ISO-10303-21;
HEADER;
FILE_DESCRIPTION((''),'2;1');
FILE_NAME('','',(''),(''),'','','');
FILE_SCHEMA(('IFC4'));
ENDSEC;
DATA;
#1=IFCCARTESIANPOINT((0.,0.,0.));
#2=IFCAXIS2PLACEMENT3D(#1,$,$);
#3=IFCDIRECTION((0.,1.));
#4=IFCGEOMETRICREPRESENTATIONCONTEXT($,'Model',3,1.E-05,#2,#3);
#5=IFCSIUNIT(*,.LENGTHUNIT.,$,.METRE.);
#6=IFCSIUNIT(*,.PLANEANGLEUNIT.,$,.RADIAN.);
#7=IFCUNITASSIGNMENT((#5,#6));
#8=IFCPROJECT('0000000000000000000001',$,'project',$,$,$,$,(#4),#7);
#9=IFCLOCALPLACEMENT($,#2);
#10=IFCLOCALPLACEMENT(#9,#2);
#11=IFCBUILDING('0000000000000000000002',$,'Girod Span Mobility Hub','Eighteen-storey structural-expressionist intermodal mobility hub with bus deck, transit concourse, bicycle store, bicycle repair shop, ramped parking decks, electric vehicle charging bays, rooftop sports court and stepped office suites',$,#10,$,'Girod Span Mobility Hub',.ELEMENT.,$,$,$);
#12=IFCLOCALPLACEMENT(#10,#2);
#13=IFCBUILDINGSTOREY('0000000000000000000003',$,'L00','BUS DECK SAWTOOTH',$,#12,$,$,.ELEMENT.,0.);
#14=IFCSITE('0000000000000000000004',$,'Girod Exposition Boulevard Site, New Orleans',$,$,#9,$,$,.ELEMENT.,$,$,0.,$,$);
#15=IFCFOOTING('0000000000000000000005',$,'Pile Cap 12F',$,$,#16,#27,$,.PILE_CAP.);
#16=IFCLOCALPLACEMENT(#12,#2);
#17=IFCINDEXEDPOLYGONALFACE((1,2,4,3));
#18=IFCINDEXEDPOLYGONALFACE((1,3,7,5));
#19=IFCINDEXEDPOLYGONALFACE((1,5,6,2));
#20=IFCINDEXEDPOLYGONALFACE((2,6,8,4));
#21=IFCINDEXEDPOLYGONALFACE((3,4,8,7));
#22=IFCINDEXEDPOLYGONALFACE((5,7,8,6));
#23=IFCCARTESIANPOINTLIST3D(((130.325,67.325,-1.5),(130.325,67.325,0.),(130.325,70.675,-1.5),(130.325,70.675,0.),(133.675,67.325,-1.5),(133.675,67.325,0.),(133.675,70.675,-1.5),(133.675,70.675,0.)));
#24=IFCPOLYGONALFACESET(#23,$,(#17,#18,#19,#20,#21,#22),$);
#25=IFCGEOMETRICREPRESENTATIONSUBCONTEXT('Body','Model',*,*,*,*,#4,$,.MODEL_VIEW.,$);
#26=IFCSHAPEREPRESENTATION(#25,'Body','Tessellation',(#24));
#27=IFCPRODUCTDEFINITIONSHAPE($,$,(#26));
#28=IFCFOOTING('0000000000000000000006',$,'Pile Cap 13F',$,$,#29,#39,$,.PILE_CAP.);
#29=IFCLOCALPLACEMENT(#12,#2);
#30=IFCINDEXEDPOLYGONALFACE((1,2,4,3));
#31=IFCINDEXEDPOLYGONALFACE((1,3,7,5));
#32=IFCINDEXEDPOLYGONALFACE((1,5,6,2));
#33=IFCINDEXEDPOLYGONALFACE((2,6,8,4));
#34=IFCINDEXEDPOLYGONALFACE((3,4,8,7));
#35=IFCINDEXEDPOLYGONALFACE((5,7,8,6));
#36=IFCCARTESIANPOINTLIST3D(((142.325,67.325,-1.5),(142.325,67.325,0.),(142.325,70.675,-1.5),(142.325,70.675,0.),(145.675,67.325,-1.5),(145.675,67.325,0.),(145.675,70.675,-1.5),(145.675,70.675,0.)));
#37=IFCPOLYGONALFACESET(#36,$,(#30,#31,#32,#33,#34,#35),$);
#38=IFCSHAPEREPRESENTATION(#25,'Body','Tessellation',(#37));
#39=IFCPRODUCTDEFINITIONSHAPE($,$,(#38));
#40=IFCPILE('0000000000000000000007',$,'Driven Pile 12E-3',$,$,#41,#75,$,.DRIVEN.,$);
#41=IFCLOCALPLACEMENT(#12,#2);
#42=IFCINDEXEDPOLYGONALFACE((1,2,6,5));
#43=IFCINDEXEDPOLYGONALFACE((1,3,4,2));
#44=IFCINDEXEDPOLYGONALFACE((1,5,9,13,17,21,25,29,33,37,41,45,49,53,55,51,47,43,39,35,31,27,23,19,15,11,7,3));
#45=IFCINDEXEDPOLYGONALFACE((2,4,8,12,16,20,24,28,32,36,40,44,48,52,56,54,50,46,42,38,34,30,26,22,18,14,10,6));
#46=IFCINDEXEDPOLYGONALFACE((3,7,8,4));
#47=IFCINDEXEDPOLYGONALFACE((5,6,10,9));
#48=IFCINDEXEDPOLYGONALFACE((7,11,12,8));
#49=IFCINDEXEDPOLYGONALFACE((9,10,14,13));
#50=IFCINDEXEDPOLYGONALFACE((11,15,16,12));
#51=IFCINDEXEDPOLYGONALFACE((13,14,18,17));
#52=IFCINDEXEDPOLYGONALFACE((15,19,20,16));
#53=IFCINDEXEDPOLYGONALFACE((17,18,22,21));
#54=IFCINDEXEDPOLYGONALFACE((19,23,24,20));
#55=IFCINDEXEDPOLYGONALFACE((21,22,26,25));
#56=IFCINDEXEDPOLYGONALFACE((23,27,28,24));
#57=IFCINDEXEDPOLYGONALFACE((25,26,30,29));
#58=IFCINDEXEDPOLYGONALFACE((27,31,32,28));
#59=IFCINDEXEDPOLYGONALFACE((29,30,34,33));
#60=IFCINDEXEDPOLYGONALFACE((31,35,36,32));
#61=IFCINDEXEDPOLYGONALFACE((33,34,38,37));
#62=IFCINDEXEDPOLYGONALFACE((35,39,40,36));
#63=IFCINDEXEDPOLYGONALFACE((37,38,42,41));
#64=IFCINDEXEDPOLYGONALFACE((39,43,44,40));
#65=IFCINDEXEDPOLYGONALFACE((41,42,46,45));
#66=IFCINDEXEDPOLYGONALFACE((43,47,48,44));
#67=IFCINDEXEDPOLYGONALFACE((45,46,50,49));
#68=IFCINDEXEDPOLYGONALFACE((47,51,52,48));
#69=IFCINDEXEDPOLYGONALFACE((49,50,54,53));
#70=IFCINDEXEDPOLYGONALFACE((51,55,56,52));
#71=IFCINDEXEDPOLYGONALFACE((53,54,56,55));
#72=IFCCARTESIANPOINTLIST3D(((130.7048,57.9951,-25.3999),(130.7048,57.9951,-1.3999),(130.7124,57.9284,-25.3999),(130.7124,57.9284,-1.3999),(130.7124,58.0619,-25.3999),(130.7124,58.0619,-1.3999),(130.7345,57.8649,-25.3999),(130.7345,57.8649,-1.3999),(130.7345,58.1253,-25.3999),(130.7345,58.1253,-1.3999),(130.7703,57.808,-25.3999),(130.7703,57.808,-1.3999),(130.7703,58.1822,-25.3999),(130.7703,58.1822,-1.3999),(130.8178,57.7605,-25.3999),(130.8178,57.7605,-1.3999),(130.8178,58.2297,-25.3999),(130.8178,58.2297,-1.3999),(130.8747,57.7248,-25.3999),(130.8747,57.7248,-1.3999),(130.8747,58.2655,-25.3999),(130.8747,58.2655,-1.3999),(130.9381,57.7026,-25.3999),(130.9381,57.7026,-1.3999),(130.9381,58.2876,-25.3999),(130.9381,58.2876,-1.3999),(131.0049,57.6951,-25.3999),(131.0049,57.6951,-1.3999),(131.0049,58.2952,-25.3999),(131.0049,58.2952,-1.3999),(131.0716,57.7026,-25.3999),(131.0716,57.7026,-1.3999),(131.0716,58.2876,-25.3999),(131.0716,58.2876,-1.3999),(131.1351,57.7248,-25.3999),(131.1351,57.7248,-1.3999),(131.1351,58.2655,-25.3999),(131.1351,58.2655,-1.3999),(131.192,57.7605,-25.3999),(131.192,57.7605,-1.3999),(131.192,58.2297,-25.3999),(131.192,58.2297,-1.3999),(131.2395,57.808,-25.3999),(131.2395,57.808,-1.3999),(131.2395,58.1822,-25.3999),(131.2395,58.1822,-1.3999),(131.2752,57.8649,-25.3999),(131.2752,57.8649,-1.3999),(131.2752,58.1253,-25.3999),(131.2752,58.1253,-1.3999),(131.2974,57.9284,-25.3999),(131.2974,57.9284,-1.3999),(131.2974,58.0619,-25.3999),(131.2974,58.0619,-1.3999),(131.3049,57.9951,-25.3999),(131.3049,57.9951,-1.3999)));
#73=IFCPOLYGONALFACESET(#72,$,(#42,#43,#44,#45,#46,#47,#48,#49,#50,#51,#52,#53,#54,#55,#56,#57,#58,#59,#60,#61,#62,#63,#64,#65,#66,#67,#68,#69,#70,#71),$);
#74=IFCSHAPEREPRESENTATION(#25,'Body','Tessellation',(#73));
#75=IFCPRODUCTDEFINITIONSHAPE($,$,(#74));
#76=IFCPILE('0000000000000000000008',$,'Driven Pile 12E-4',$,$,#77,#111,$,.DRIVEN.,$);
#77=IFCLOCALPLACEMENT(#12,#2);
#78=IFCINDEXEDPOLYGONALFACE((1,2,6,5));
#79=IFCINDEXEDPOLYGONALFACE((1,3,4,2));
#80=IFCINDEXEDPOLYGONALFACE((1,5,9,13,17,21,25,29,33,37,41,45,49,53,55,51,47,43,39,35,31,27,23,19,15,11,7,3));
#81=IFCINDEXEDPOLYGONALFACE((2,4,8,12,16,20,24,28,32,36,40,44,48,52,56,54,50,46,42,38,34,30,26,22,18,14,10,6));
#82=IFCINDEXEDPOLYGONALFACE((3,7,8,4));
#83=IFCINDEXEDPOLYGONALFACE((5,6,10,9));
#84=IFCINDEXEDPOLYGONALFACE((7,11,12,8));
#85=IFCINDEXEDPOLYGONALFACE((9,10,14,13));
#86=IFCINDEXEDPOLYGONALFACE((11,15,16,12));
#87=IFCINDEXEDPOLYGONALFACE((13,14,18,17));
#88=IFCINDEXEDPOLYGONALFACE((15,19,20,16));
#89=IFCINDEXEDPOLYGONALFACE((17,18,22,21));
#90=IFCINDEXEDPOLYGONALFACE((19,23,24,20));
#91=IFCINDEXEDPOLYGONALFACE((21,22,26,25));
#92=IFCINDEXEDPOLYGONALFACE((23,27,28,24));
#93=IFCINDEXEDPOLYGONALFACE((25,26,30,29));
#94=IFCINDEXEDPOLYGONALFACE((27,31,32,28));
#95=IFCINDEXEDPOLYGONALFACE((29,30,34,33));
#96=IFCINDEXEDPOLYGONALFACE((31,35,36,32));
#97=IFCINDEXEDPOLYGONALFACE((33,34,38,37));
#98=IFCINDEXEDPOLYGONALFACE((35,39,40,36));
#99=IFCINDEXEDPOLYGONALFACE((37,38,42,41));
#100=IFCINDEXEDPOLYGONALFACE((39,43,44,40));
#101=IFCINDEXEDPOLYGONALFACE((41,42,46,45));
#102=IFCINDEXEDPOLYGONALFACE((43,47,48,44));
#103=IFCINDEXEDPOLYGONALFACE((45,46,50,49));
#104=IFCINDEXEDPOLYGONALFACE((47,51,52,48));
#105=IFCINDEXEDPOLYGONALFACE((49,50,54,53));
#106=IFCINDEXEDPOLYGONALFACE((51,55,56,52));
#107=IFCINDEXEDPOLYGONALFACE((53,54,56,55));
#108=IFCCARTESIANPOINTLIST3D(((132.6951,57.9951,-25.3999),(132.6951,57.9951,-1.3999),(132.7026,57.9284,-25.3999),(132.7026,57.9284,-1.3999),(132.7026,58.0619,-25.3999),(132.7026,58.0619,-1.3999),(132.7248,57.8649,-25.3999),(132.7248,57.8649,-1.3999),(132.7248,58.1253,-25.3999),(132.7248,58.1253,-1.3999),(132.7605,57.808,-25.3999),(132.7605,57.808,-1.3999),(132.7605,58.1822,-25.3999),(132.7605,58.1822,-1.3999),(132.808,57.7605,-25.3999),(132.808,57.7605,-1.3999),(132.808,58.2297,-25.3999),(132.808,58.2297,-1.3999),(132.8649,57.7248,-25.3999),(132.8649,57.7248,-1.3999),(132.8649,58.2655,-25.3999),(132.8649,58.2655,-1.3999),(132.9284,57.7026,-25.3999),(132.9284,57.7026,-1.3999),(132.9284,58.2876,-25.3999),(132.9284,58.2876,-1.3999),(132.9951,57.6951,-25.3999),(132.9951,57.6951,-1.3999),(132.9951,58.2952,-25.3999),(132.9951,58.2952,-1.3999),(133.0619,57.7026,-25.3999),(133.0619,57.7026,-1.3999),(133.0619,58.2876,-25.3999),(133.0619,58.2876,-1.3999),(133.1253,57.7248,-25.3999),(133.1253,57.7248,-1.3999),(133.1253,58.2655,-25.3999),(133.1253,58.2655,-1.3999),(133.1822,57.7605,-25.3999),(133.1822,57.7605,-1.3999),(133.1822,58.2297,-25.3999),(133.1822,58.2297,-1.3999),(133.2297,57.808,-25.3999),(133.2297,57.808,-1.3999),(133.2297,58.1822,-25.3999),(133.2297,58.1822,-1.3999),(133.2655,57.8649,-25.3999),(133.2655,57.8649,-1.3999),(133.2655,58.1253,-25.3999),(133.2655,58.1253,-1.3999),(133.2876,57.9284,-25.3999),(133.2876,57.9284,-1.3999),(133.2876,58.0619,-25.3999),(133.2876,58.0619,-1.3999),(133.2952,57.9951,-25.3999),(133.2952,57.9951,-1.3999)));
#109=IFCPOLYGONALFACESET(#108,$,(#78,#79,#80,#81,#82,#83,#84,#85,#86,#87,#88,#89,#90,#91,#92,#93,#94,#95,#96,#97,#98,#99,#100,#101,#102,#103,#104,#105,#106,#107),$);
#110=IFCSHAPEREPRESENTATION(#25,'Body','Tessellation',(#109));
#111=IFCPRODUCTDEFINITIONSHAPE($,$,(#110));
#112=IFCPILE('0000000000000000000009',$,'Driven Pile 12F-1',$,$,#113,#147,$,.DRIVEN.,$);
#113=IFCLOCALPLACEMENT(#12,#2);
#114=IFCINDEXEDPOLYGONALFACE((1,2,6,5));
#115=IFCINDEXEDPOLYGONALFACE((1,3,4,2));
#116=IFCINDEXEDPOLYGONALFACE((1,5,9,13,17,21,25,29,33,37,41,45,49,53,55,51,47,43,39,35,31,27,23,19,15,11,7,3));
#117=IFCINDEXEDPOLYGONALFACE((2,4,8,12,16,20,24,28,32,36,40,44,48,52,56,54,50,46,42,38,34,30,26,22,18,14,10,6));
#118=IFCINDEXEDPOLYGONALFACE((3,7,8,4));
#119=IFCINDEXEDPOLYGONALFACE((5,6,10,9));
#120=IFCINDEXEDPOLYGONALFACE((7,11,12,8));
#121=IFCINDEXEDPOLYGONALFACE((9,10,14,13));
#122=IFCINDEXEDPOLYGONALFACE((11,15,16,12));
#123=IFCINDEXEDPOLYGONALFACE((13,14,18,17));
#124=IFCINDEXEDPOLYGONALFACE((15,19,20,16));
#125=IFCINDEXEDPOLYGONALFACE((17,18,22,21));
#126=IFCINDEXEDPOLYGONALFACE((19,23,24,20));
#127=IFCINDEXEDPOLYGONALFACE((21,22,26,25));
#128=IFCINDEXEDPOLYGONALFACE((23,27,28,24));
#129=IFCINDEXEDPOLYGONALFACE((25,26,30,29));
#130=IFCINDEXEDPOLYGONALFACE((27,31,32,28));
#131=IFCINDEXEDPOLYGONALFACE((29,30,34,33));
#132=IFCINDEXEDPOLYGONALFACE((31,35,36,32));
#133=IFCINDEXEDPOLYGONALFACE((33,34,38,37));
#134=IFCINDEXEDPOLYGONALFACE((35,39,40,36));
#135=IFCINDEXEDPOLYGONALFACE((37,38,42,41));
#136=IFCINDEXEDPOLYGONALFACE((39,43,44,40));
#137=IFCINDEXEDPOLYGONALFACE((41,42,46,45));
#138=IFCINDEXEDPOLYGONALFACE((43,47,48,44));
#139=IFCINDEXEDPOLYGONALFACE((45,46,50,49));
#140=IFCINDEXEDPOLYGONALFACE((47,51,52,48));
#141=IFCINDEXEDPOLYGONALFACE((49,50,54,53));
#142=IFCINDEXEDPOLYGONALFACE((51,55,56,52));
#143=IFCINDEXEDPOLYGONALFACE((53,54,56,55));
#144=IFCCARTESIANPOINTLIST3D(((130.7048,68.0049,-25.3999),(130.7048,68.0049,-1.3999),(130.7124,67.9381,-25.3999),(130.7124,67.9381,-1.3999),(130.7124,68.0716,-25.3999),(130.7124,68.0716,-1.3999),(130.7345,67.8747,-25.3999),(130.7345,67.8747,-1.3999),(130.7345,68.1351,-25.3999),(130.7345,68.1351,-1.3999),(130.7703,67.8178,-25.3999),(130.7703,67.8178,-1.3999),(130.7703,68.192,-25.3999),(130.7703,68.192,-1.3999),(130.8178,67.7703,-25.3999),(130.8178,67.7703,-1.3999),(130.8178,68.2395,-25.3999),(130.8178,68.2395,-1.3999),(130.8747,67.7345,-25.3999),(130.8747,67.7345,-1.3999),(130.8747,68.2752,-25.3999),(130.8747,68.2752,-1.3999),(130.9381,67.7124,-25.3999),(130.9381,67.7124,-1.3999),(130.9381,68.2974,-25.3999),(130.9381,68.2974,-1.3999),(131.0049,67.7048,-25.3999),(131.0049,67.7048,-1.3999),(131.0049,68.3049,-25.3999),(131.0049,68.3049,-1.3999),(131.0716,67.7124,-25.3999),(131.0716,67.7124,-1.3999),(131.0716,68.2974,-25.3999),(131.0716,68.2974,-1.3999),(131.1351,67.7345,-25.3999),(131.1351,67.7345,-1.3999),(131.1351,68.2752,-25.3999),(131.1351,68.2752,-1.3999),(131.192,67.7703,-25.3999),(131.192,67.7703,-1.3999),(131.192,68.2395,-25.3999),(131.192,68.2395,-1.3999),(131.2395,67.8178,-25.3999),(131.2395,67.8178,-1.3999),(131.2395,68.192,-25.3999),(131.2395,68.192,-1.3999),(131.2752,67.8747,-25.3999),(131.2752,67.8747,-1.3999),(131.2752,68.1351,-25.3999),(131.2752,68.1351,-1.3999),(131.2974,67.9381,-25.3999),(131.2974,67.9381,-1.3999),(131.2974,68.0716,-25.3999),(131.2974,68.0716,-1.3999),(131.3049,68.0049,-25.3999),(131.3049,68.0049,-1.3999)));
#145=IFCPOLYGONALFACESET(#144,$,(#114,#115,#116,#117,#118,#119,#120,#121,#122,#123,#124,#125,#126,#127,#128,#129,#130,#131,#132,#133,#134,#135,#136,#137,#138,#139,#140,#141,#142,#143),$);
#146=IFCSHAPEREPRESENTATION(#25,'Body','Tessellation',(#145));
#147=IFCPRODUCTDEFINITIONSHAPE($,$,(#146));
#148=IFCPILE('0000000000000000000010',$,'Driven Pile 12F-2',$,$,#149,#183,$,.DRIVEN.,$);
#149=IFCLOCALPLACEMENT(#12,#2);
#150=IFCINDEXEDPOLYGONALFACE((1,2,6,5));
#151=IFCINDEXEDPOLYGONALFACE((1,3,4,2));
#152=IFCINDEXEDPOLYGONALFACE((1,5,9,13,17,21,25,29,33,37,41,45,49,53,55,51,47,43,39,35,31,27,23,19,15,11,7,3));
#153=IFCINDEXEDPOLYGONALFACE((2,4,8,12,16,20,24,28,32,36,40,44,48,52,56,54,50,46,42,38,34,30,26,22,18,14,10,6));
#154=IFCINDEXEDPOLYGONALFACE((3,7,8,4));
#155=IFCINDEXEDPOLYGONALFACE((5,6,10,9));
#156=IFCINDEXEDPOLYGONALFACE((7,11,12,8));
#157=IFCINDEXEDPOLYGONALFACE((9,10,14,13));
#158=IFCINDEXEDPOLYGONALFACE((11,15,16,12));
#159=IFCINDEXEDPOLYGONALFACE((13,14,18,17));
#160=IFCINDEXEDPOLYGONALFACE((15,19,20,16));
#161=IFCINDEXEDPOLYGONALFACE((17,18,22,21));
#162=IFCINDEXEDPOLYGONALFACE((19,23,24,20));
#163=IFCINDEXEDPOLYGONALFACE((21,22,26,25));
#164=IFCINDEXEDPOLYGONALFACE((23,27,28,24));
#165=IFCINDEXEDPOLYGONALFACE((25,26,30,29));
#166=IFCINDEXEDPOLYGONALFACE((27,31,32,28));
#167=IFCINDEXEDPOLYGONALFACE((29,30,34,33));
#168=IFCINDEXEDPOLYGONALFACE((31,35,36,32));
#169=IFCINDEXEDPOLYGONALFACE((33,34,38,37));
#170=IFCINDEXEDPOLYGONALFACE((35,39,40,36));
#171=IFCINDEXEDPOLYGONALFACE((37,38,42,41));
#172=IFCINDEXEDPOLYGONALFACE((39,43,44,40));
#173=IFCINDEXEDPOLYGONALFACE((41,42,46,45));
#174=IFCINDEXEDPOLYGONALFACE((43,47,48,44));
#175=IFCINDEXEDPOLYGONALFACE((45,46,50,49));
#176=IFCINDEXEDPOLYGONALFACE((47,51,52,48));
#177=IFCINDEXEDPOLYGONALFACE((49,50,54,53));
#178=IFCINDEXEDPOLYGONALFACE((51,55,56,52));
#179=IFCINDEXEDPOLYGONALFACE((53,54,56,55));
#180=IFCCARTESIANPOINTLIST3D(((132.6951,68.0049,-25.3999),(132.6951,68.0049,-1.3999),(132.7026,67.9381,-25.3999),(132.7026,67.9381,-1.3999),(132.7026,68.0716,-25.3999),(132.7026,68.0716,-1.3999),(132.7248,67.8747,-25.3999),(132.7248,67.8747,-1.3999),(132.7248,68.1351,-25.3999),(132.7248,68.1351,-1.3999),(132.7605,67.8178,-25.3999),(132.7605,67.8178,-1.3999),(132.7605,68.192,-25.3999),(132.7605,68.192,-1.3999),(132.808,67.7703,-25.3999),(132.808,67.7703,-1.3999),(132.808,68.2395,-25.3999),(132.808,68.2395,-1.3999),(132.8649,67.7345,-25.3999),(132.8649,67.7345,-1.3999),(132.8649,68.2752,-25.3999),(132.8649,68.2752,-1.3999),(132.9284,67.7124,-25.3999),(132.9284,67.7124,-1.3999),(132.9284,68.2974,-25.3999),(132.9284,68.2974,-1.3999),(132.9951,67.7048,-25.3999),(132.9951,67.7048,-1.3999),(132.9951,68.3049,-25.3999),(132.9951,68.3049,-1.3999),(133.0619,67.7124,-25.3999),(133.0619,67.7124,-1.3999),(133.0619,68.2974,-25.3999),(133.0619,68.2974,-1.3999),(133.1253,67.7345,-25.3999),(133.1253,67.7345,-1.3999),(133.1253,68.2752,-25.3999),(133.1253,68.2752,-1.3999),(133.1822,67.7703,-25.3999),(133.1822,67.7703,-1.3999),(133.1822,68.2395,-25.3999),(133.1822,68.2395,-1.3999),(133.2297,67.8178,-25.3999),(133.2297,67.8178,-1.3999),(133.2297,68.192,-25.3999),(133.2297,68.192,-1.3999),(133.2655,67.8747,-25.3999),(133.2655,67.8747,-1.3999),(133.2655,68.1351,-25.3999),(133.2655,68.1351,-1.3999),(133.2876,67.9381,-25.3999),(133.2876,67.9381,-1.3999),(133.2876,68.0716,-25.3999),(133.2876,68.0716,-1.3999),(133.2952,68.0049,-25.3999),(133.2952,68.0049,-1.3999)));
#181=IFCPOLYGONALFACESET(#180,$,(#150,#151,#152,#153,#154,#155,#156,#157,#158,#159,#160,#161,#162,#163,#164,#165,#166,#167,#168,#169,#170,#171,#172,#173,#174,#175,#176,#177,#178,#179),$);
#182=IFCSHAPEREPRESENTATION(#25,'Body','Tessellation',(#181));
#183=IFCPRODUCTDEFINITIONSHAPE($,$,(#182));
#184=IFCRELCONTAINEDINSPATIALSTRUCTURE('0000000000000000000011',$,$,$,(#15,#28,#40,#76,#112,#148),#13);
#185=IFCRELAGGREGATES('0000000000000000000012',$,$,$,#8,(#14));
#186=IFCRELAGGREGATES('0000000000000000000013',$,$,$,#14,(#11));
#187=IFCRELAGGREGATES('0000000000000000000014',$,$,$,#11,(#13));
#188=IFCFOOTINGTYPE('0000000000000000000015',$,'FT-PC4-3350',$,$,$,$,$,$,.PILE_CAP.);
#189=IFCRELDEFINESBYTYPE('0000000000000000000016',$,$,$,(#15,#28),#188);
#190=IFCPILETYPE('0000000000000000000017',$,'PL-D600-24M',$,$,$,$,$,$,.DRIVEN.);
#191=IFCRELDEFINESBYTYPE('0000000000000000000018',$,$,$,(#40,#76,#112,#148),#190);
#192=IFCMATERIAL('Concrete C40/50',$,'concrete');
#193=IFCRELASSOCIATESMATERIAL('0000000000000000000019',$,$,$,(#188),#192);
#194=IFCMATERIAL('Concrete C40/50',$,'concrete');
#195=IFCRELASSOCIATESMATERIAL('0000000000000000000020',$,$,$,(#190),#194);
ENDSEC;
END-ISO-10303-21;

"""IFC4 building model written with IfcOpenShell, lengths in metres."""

from ifc_helpers import new_model, si_unit, direction, frame, origin, origin_2d, place, context, subcontext, project, spatial, rectangle, circle, extrude, material, material_profile, profile_set, type_object, element, save


model = new_model("IFC4")

# Units and contexts
model_context = context("Model", 3, precision=1e-05, world=origin(), true_north=direction((0.0, 1.0)))
body_context = subcontext(model_context, "Body", "Model", "MODEL_VIEW")
ifc_project = project(units=[si_unit("LENGTHUNIT", "METRE"), si_unit("PLANEANGLEUNIT", "RADIAN")], contexts=[model_context])

# Site, building, storey
site_placement = place(None, origin())
site = spatial("IfcSite", under=ifc_project, at=site_placement, Name="Girod Exposition Boulevard Site, New Orleans", CompositionType="ELEMENT", RefElevation=0.0)
building_placement = place(site_placement, origin())
building = spatial("IfcBuilding", under=site, at=building_placement, Name="Girod Span Mobility Hub", Description="Eighteen-storey structural-expressionist intermodal mobility hub with bus deck, transit concourse, bicycle store, bicycle repair shop, ramped parking decks, electric vehicle charging bays, rooftop sports court and stepped office suites", LongName="Girod Span Mobility Hub", CompositionType="ELEMENT")
storey_placement = place(building_placement, origin())
storey = spatial("IfcBuildingStorey", under=building, at=storey_placement, Name="L00", Description="BUS DECK SAWTOOTH", CompositionType="ELEMENT", Elevation=0.0)

# Footings
ifc_material_1 = material(Name="Concrete C40/50", Category="concrete")
footing_type = type_object("IfcFootingType", Name="FT-PC4-3350", PredefinedType="PILE_CAP", material=ifc_material_1)
for number, where, z_axis, x_axis, name in (
    (1, (132.0, 69.0, -1.5), (0.0, 0.0, 1.0), (1.0, 0.0, 0.0), "Pile Cap 12F"),
    (2, (144.0, 69.0, -1.5), (0.0, 0.0, 1.0), (1.0, 0.0, 0.0), "Pile Cap 13F"),
):
    element("IfcFooting", number, at=place(storey_placement, frame(where, z_axis=z_axis, x_axis=x_axis)), inside=storey, type_object=footing_type, Name=name, PredefinedType="PILE_CAP", context=body_context, shape_type="SweptSolid", body=[
        extrude(rectangle(XDim=3.3501, YDim=3.3501, at=origin_2d()), origin(), (0.0, 0.0, 1.0), 1.5),
    ])

# Piles
ifc_material_2 = material(Name="Concrete C40/50", Category="concrete")
ifc_material_profile_1 = material_profile(ifc_material_2, circle(Radius=0.3, at=origin_2d()), Name="PILE-D600")
ifc_profile_set_1 = profile_set([ifc_material_profile_1], Name="Concrete C40/50")
pile_type = type_object("IfcPileType", Name="PL-D600-24M", PredefinedType="DRIVEN", material=ifc_profile_set_1)
for number, where, z_axis, x_axis, name in (
    (3, (131.0049, 57.9951, -1.3999), (0.0, 0.0, -1.0), (1.0, 0.0, 0.0), "Driven Pile 12E-3"),
    (4, (132.9951, 57.9951, -1.3999), (0.0, 0.0, -1.0), (1.0, 0.0, 0.0), "Driven Pile 12E-4"),
    (5, (131.0049, 68.0049, -1.3999), (0.0, 0.0, -1.0), (1.0, 0.0, 0.0), "Driven Pile 12F-1"),
    (6, (132.9951, 68.0049, -1.3999), (0.0, 0.0, -1.0), (1.0, 0.0, 0.0), "Driven Pile 12F-2"),
):
    element("IfcPile", number, at=place(storey_placement, frame(where, z_axis=z_axis, x_axis=x_axis)), inside=storey, type_object=pile_type, Name=name, PredefinedType="DRIVEN", context=body_context, shape_type="SweptSolid", body=[
        extrude(circle(Radius=0.3, at=origin_2d()), origin(), (0.0, 0.0, 1.0), 24.0),
    ])

save(model, "model.ifc")
